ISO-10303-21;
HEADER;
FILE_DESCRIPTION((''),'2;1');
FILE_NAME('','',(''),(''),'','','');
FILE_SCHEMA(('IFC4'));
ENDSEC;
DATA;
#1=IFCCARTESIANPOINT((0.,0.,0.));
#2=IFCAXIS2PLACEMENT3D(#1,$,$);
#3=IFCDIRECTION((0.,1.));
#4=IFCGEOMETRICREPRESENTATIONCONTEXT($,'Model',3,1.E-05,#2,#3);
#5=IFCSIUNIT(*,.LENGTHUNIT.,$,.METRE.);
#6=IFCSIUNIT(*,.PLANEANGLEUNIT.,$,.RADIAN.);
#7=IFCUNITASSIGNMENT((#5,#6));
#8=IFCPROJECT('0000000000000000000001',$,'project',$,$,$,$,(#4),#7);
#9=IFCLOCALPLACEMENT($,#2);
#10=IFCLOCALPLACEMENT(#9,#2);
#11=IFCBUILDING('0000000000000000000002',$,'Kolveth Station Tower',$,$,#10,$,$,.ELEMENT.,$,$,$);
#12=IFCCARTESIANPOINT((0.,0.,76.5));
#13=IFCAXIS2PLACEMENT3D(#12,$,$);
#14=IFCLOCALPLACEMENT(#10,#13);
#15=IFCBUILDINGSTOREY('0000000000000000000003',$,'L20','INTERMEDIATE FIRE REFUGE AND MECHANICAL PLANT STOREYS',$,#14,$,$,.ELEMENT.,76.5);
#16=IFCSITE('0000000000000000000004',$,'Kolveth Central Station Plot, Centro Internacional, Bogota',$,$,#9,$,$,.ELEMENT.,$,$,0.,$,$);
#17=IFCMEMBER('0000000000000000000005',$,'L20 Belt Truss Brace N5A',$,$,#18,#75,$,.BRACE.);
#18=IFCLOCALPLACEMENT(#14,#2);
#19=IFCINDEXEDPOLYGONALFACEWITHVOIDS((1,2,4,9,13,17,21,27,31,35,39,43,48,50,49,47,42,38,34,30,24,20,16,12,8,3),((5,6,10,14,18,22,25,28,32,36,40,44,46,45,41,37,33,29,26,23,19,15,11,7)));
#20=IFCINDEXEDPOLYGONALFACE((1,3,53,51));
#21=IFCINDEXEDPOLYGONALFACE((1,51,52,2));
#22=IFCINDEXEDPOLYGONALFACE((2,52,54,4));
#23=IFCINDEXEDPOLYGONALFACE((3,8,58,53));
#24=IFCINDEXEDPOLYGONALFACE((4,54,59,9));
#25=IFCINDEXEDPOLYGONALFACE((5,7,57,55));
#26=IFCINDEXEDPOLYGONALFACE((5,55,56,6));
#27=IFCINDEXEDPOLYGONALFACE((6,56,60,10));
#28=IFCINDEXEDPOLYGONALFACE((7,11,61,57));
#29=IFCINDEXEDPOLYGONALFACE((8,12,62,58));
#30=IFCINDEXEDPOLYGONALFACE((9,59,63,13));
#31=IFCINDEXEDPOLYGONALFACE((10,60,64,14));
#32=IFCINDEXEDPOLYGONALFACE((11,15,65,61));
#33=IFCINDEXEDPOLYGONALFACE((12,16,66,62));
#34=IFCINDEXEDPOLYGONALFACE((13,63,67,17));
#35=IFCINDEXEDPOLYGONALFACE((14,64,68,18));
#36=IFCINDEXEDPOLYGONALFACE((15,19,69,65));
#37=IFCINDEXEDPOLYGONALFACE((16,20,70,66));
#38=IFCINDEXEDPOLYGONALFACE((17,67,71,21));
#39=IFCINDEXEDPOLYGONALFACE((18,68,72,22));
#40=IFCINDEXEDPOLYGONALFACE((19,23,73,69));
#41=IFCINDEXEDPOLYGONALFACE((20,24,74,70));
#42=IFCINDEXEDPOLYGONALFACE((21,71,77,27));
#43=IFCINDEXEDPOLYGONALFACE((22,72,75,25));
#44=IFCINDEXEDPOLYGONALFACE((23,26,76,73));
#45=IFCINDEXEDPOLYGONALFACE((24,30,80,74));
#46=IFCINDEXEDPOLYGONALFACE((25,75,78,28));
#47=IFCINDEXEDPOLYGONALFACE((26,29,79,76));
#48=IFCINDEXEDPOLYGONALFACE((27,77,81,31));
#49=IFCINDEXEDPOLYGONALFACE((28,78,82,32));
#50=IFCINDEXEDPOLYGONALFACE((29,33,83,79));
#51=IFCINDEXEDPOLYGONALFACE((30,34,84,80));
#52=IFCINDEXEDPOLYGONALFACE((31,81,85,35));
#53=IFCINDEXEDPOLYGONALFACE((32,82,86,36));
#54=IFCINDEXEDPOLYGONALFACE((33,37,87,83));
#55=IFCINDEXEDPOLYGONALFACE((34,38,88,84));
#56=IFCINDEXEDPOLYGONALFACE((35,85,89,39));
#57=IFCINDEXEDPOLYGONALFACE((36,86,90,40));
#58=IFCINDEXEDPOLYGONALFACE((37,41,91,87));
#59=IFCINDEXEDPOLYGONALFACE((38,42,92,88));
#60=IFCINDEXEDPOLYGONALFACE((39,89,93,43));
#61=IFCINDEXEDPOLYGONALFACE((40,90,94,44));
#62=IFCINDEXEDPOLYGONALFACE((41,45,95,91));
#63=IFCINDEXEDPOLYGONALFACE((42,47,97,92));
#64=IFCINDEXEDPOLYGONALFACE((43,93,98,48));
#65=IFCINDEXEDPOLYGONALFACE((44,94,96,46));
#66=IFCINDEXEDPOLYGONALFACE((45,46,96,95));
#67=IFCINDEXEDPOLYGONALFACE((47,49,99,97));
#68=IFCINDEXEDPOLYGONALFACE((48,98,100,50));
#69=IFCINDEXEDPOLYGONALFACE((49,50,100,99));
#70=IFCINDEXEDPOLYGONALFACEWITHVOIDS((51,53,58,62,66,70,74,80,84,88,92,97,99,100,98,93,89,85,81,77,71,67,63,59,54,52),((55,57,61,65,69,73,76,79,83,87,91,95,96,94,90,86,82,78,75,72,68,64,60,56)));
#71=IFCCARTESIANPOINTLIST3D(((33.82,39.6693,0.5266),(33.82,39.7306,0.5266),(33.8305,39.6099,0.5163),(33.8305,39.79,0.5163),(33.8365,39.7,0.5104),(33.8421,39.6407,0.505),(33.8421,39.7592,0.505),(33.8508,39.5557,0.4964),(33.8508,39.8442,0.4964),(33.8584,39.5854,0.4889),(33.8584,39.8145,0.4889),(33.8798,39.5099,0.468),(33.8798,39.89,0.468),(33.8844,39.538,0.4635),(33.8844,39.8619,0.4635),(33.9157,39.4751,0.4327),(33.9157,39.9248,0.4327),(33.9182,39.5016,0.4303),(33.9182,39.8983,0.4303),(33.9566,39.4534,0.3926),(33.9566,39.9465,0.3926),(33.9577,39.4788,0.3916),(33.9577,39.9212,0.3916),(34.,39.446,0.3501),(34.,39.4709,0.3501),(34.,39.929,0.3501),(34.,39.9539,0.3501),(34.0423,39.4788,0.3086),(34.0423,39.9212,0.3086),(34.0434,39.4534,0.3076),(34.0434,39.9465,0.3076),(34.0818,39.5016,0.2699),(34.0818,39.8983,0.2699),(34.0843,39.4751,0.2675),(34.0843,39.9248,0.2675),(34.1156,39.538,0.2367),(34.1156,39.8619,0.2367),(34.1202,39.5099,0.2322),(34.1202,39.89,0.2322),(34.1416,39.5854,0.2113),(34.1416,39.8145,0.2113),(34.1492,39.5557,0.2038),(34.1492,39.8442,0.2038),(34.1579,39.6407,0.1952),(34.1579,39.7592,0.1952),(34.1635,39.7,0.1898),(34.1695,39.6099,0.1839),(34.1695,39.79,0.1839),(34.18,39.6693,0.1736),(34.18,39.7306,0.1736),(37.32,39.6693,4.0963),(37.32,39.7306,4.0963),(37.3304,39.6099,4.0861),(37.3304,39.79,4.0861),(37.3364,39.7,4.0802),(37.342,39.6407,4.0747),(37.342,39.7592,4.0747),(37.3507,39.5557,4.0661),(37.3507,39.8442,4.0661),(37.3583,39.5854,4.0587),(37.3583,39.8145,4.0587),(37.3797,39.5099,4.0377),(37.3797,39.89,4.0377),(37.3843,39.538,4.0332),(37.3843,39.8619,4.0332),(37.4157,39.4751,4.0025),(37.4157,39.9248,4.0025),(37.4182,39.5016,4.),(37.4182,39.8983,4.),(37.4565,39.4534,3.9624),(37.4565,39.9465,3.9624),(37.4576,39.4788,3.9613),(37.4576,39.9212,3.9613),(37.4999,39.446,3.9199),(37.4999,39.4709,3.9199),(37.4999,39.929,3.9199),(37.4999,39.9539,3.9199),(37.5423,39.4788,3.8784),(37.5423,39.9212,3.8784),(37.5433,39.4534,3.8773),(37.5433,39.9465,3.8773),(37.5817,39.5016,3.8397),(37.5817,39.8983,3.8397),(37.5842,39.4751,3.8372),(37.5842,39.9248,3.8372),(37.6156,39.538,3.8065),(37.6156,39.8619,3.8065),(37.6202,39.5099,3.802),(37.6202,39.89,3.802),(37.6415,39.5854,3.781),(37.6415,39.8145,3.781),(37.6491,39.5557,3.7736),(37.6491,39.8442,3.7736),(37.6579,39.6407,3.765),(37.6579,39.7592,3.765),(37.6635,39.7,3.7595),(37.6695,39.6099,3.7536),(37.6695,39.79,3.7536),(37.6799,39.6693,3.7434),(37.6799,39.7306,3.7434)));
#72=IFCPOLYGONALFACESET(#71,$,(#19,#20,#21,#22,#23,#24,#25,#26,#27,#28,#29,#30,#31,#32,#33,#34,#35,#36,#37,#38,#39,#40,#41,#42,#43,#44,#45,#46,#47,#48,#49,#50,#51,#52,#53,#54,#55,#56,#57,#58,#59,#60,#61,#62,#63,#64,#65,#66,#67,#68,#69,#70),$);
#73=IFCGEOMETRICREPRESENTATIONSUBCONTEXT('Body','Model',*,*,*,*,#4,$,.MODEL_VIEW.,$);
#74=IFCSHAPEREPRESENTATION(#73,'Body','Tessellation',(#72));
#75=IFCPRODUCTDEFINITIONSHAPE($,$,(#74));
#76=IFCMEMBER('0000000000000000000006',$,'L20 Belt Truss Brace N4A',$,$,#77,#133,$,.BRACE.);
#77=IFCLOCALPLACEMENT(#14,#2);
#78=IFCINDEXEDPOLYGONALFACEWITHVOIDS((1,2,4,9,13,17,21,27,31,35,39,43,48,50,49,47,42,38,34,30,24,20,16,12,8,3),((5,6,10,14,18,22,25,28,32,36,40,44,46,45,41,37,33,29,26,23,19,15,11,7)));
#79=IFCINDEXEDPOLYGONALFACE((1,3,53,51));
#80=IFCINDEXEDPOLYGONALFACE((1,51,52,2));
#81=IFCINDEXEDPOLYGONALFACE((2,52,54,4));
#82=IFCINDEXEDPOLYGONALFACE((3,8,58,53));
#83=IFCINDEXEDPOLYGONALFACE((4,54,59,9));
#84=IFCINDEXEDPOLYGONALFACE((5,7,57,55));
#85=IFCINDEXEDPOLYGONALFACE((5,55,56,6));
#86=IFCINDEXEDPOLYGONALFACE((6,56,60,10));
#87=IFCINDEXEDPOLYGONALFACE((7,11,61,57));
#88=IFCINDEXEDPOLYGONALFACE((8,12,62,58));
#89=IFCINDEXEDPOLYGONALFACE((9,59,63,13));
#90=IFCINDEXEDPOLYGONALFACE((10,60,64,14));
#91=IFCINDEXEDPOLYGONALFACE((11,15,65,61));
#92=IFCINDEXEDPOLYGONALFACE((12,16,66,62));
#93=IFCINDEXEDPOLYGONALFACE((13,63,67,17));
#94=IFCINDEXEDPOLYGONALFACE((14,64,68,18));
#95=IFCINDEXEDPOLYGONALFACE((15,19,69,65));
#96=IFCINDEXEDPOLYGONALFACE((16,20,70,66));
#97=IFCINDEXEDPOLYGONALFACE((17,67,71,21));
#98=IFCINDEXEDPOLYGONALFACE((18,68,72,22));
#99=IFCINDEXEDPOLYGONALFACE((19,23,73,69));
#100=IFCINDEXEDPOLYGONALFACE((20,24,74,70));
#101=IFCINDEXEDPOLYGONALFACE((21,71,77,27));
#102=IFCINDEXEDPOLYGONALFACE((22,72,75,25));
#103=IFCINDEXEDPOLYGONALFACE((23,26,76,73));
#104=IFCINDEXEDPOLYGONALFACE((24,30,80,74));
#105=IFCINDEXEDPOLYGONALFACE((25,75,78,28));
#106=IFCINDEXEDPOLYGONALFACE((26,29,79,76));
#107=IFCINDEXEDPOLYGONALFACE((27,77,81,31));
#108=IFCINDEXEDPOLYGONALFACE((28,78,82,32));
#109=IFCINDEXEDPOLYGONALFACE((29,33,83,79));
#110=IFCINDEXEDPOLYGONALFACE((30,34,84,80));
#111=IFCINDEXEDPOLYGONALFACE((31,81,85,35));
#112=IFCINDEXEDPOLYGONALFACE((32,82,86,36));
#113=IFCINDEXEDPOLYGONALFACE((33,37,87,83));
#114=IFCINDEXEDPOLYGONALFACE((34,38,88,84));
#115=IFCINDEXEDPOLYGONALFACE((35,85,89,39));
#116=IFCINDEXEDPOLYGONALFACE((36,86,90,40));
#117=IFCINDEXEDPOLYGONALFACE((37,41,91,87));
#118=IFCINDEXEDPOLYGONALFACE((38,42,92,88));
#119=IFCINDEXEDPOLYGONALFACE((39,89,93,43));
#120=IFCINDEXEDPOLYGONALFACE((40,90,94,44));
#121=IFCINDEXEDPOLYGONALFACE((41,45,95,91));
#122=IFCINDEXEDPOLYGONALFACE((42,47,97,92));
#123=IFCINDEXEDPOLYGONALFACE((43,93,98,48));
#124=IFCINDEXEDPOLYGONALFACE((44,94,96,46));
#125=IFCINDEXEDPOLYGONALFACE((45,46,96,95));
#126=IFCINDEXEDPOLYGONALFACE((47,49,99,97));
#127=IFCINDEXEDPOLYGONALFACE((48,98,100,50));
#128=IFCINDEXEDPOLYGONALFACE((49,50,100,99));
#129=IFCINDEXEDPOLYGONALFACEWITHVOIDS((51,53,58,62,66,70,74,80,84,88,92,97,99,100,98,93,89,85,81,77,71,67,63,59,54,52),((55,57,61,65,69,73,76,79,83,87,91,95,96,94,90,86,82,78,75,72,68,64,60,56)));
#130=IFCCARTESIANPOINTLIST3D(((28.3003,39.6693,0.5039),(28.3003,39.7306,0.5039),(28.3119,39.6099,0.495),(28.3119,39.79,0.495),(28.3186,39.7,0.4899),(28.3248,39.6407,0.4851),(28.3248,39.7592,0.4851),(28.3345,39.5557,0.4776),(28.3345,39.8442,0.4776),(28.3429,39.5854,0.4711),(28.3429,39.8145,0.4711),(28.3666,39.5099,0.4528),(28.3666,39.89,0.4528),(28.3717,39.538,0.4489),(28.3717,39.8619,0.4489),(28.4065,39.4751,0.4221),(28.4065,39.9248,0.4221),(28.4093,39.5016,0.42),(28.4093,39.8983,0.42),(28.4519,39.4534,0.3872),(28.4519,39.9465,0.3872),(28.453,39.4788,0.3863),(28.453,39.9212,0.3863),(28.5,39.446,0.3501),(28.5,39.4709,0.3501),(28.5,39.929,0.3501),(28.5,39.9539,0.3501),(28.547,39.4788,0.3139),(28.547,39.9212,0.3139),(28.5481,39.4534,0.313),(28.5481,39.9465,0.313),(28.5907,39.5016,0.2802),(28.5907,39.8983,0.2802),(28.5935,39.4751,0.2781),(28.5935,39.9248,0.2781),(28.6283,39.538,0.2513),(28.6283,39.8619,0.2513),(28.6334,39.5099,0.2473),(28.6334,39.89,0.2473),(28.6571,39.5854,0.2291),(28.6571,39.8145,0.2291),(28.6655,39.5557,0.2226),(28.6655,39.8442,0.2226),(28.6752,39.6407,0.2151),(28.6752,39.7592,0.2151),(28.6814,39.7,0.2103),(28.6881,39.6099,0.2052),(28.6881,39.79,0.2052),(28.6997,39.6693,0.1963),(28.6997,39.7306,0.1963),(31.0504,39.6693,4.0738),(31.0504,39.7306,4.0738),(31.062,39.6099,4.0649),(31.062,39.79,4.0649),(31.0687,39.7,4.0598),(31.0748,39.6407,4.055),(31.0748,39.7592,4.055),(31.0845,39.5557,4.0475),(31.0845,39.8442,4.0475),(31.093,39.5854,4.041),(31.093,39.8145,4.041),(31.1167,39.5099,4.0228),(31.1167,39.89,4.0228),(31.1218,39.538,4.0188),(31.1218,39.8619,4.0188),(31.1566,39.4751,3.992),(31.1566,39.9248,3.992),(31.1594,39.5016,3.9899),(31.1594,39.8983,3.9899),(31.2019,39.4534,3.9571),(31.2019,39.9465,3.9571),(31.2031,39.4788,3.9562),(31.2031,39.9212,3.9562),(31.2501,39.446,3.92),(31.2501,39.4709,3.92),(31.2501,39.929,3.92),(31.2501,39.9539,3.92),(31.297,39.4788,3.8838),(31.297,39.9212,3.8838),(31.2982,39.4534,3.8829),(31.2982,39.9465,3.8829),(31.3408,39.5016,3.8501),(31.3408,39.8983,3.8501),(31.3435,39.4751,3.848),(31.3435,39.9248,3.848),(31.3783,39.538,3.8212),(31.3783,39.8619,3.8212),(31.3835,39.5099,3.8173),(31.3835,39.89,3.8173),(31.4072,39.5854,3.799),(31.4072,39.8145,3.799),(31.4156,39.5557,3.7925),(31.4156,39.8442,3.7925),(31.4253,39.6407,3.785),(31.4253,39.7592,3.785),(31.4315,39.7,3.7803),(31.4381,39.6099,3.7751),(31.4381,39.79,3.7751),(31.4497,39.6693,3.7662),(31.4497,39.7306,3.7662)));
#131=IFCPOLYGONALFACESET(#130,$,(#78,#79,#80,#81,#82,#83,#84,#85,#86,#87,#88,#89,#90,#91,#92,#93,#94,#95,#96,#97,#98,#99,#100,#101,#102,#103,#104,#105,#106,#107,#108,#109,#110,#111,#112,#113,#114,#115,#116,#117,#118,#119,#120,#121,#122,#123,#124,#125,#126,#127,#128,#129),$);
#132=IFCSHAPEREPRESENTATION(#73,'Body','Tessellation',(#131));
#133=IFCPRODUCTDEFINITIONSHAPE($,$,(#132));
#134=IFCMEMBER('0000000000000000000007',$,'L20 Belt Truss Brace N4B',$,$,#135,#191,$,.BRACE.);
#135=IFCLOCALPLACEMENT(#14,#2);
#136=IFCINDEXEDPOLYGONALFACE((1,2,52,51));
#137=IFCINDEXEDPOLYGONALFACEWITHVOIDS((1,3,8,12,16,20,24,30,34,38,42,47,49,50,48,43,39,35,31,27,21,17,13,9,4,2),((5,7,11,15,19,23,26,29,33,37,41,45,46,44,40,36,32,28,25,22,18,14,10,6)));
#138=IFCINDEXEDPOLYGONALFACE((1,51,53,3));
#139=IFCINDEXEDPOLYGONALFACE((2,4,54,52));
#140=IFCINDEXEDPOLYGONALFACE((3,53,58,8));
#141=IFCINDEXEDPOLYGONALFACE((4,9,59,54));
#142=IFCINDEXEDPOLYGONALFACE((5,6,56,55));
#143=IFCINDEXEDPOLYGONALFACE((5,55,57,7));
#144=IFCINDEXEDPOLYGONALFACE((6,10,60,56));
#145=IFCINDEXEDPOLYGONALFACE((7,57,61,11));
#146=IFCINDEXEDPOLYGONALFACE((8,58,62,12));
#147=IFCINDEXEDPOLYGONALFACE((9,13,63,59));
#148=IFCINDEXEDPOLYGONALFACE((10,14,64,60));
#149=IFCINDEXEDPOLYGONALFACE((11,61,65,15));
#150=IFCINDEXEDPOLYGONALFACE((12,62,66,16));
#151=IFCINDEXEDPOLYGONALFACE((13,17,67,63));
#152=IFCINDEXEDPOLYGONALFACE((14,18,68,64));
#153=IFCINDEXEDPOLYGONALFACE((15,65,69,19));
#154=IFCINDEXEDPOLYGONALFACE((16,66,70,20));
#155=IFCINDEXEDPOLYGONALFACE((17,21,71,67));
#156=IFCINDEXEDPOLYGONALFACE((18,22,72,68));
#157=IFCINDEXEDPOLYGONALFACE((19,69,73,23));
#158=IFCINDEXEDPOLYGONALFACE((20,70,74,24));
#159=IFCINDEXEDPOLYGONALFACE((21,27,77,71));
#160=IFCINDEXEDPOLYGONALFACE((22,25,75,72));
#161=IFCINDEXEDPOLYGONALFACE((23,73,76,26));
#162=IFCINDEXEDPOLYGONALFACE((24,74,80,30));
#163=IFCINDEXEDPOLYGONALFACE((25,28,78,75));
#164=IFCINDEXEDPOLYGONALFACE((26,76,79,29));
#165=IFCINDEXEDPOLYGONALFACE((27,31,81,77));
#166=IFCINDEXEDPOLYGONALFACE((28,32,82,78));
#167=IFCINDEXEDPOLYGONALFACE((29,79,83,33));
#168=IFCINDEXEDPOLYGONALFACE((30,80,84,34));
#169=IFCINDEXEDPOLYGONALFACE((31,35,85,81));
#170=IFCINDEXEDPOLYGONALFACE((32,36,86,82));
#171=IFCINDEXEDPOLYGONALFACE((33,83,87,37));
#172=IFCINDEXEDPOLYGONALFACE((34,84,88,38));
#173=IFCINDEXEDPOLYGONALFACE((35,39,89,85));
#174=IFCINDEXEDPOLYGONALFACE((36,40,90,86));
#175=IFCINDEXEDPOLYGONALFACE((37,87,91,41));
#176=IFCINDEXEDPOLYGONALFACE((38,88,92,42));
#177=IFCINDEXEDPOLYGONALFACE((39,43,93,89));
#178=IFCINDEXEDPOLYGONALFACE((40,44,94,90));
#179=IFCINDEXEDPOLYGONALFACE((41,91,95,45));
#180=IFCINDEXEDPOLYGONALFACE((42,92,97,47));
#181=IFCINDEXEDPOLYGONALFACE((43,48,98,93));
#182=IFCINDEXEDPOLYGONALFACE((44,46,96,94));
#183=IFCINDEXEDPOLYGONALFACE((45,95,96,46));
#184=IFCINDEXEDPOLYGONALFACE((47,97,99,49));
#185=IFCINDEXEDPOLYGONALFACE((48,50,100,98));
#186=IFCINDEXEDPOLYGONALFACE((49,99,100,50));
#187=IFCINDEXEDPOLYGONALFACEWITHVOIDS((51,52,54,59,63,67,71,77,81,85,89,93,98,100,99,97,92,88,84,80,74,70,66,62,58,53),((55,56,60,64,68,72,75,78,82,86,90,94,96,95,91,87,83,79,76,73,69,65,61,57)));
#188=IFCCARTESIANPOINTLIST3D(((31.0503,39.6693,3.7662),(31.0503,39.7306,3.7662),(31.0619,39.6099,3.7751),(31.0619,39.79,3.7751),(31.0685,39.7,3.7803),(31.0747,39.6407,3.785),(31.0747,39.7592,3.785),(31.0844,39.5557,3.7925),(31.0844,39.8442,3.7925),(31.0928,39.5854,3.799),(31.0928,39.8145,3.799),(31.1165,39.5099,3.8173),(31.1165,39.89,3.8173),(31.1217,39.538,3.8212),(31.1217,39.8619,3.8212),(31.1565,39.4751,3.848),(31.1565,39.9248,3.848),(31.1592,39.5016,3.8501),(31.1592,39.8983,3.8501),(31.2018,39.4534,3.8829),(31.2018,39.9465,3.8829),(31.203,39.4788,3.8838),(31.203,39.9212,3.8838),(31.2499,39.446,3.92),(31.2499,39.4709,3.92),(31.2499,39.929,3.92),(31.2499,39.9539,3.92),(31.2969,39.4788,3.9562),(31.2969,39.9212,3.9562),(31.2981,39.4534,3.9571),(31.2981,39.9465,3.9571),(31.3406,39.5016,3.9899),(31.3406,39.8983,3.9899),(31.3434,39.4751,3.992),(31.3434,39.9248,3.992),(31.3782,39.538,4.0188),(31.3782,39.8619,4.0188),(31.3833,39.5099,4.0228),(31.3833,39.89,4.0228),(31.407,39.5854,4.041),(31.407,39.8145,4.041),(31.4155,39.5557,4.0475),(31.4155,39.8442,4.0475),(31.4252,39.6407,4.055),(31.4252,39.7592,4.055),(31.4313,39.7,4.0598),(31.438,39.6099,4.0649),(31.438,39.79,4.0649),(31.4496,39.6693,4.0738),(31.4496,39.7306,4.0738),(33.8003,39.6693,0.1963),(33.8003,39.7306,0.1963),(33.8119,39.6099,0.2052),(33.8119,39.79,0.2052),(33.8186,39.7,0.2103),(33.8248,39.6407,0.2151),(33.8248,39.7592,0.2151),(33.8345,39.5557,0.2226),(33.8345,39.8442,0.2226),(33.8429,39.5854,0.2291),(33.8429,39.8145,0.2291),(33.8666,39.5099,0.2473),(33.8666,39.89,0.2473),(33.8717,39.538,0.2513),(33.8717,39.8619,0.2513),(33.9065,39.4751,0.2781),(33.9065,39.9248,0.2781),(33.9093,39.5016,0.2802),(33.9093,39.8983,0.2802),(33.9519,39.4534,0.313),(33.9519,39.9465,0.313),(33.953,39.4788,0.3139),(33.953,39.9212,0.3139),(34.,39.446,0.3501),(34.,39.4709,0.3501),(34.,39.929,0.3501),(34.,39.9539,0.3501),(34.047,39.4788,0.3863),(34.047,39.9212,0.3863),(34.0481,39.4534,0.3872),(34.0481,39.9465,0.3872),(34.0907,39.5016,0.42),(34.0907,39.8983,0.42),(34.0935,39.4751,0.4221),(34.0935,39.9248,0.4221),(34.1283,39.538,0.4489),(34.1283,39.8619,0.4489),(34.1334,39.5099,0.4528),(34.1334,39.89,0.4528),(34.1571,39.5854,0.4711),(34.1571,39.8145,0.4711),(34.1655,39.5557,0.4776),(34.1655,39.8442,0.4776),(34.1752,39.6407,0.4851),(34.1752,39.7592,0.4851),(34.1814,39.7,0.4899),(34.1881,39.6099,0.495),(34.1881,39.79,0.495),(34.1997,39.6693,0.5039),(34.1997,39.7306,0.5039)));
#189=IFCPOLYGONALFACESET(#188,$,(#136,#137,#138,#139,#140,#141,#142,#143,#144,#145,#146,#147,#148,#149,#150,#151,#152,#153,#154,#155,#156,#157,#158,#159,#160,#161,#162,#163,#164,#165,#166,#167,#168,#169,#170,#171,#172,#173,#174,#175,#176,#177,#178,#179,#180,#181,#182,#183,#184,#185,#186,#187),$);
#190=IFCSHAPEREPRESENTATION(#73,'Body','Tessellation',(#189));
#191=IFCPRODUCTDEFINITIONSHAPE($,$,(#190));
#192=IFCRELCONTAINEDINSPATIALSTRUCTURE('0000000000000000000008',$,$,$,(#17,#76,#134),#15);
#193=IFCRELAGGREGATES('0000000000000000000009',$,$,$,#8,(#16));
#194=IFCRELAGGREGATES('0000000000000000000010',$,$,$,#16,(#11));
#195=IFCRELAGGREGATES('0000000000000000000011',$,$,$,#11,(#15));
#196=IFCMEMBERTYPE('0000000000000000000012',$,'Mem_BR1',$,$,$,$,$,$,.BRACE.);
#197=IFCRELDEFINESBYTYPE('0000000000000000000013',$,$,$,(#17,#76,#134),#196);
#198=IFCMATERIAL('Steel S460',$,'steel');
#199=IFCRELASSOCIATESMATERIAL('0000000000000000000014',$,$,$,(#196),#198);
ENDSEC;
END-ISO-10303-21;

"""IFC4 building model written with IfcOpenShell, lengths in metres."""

from ifc_helpers import new_model, si_unit, direction, frame, origin, origin_2d, place, context, subcontext, project, spatial, hollow_circle, extrude, source, transform, mapped, material, material_profile, profile_set, type_object, element, save


model = new_model("IFC4")

# Units and contexts
model_context = context("Model", 3, precision=1e-05, world=origin(), true_north=direction((0.0, 1.0)))
body_context = subcontext(model_context, "Body", "Model", "MODEL_VIEW")
ifc_project = project(units=[si_unit("LENGTHUNIT", "METRE"), si_unit("PLANEANGLEUNIT", "RADIAN")], contexts=[model_context])

# Site, building, storey
site_placement = place(None, origin())
site = spatial("IfcSite", under=ifc_project, at=site_placement, Name="Kolveth Central Station Plot, Centro Internacional, Bogota", CompositionType="ELEMENT", RefElevation=0.0)
building_placement = place(site_placement, origin())
building = spatial("IfcBuilding", under=site, at=building_placement, Name="Kolveth Station Tower", CompositionType="ELEMENT")
storey_placement = place(building_placement, frame((0.0, 0.0, 76.5)))
storey = spatial("IfcBuildingStorey", under=building, at=storey_placement, Name="L20", Description="INTERMEDIATE FIRE REFUGE AND MECHANICAL PLANT STOREYS", CompositionType="ELEMENT", Elevation=76.5)

# Shared definitions
ifc_material_1 = material(Name="Steel S460", Category="steel")

# Members
ifc_material_profile_1 = material_profile(ifc_material_1, hollow_circle(Radius=0.2539, WallThickness=0.0249, at=origin_2d()), Name="CHS508x25")
ifc_profile_set_1 = profile_set([ifc_material_profile_1], Name="Steel S460")
member_type_1 = type_object("IfcMemberType", Name="Mem_BR1", PredefinedType="BRACE", material=ifc_profile_set_1)
shared_shape_1 = source(origin(), body_context, "Body", "SweptSolid", [
    extrude(hollow_circle(Radius=0.2539, WallThickness=0.0249, at=origin_2d()), origin(), (0.0, 0.0, 1.0), 4.9993),
])
member_1_placement = place(storey_placement, frame((34.0, 39.7, 0.3501), z_axis=(0.700089, 0.0, 0.714056), x_axis=(0.0, 1.0, 0.0)))
element("IfcMember", 1, at=member_1_placement, inside=storey, type_object=member_type_1, Name="L20 Belt Truss Brace N5A", PredefinedType="BRACE", context=body_context, shape_type="MappedRepresentation", body=[
    mapped(shared_shape_1, transform((0.0, 0.0, 0.0), x_axis=(1.0, 0.0, 0.0), y_axis=(0.0, 1.0, 0.0), z_axis=(0.0, 0.0, 1.0), scale=1.0)),
])
shared_shape_2 = source(origin(), body_context, "Body", "SweptSolid", [
    extrude(hollow_circle(Radius=0.2539, WallThickness=0.0249, at=origin_2d()), origin(), (0.0, 0.0, 1.0), 4.5063),
])
for number, where, z_axis, x_axis, name in (
    (2, (28.5, 39.7, 0.3501), (0.610266, 0.0, 0.792197), (0.0, 1.0, 0.0), "L20 Belt Truss Brace N4A"),
    (3, (34.0, 39.7, 0.3501), (-0.610266, 0.0, 0.792197), (0.0, -1.0, 0.0), "L20 Belt Truss Brace N4B"),
):
    element("IfcMember", number, at=place(storey_placement, frame(where, z_axis=z_axis, x_axis=x_axis)), inside=storey, type_object=member_type_1, Name=name, PredefinedType="BRACE", context=body_context, shape_type="MappedRepresentation", body=[
        mapped(shared_shape_2, transform((0.0, 0.0, 0.0), x_axis=(1.0, 0.0, 0.0), y_axis=(0.0, 1.0, 0.0), z_axis=(0.0, 0.0, 1.0), scale=1.0)),
    ])

save(model, "model.ifc")
